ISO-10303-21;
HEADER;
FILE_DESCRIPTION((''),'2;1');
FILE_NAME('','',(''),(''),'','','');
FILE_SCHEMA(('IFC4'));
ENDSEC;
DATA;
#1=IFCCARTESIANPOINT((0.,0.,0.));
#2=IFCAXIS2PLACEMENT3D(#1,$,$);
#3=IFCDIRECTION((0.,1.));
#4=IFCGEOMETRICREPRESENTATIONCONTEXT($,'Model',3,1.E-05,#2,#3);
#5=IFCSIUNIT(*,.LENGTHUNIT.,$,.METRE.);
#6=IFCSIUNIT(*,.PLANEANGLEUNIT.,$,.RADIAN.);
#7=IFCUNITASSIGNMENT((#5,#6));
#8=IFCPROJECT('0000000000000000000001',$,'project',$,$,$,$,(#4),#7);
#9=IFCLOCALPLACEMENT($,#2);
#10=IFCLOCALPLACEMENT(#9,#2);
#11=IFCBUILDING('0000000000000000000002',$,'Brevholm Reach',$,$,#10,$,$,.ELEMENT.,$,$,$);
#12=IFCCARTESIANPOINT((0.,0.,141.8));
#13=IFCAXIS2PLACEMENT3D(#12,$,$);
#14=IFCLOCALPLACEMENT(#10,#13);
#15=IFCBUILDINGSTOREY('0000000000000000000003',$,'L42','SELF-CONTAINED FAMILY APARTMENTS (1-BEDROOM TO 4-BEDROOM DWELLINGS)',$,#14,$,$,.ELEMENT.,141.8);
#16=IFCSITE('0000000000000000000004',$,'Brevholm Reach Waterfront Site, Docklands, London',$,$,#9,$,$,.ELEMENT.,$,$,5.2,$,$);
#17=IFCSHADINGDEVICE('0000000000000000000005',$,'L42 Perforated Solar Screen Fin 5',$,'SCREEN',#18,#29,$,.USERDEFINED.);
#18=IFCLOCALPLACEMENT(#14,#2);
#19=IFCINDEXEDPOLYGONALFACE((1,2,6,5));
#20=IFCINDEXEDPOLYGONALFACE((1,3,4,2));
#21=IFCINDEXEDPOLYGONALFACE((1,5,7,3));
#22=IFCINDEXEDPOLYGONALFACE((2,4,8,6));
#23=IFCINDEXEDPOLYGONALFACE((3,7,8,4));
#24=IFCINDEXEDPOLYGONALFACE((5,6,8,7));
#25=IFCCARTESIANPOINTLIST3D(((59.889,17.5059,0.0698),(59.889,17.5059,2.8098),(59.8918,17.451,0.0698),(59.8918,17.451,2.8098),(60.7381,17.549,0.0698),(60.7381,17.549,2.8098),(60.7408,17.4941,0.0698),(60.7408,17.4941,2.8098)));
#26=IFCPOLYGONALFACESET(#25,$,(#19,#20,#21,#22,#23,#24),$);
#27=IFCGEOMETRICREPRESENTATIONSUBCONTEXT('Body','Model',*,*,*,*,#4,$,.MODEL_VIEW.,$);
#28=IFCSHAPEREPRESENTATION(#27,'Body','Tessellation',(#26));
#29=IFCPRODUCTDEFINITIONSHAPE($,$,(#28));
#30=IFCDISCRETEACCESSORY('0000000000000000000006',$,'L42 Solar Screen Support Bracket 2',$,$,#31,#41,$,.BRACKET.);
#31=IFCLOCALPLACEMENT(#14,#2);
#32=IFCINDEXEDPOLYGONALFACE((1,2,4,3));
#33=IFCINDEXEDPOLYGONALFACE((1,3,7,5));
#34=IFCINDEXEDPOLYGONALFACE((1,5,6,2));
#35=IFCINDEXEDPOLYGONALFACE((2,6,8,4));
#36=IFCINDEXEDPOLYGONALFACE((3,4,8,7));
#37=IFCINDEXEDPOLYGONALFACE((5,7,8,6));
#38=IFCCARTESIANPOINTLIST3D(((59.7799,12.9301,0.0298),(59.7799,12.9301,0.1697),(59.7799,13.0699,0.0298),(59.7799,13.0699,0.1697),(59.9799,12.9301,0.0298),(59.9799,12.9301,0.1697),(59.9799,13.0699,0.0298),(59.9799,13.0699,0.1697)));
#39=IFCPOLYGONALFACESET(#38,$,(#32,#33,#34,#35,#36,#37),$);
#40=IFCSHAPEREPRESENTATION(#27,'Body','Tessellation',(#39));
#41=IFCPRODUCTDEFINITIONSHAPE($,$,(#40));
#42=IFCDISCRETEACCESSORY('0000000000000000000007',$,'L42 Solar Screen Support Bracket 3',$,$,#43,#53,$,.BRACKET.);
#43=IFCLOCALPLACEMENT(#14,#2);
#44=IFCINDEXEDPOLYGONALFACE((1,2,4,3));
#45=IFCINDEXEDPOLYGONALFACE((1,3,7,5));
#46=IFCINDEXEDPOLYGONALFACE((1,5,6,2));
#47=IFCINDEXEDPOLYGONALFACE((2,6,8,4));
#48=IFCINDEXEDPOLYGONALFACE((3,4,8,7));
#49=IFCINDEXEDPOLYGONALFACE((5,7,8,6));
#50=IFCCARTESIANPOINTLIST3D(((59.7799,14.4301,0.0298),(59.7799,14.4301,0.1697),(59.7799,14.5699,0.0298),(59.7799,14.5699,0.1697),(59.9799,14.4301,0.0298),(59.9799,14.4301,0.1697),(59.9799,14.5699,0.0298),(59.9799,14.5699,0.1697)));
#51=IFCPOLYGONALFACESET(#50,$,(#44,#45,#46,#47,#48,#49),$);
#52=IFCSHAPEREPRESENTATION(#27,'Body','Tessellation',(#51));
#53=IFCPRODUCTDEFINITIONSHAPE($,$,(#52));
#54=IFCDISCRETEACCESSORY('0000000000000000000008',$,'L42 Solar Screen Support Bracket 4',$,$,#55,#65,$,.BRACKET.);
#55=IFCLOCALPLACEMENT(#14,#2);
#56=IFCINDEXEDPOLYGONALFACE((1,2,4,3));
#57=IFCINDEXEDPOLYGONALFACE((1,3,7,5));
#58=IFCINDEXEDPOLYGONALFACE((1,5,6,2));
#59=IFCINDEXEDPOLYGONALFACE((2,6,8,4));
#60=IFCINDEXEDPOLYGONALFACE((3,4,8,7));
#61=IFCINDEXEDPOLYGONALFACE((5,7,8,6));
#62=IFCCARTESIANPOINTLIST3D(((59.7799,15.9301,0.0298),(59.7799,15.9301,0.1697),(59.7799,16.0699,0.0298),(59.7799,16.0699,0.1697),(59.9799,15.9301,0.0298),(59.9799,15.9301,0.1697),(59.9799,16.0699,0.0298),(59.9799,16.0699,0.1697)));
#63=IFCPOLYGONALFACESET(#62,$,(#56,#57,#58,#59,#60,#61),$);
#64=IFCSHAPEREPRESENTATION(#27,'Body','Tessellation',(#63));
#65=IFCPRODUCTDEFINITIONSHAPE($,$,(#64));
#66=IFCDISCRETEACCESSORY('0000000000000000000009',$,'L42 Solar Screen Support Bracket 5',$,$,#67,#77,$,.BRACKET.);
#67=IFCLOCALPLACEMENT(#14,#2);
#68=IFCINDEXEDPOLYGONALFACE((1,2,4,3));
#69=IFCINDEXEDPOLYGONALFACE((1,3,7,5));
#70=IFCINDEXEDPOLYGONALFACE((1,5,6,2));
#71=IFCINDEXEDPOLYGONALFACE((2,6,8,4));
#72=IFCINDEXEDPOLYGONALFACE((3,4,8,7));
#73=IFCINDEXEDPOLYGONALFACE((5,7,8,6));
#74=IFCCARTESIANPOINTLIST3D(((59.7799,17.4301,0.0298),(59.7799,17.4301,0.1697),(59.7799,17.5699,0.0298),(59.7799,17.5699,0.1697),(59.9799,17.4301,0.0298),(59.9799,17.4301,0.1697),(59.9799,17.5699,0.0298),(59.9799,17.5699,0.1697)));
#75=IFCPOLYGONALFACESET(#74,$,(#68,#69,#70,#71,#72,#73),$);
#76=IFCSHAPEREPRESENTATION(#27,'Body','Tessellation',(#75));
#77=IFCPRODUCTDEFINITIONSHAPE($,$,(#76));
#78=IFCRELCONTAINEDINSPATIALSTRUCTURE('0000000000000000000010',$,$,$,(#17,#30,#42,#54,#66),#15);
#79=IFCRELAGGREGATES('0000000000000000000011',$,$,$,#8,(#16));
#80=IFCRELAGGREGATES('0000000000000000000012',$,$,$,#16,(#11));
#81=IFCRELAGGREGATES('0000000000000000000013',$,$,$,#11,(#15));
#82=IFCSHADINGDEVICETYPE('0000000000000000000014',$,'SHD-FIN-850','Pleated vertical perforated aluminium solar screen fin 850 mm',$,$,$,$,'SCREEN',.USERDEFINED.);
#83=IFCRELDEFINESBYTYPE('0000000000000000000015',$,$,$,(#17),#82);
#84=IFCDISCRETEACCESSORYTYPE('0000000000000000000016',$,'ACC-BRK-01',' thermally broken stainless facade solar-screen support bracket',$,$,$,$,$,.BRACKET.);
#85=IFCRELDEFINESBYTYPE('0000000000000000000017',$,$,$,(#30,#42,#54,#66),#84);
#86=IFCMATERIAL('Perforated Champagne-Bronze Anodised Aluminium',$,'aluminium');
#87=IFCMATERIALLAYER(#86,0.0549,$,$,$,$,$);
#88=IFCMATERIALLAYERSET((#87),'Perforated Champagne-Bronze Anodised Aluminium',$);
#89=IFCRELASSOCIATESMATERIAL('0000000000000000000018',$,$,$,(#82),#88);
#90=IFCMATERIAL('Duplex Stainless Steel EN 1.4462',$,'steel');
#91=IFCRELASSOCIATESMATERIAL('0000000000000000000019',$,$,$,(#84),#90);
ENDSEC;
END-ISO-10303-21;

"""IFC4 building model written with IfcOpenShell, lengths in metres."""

from ifc_helpers import new_model, si_unit, direction, frame, origin, origin_2d, place, context, subcontext, project, spatial, rectangle, extrude, material, layer, layer_set, type_object, element, save


model = new_model("IFC4")

# Units and contexts
model_context = context("Model", 3, precision=1e-05, world=origin(), true_north=direction((0.0, 1.0)))
body_context = subcontext(model_context, "Body", "Model", "MODEL_VIEW")
ifc_project = project(units=[si_unit("LENGTHUNIT", "METRE"), si_unit("PLANEANGLEUNIT", "RADIAN")], contexts=[model_context])

# Site, building, storey
site_placement = place(None, origin())
site = spatial("IfcSite", under=ifc_project, at=site_placement, Name="Brevholm Reach Waterfront Site, Docklands, London", CompositionType="ELEMENT", RefElevation=5.2)
building_placement = place(site_placement, origin())
building = spatial("IfcBuilding", under=site, at=building_placement, Name="Brevholm Reach", CompositionType="ELEMENT")
storey_placement = place(building_placement, frame((0.0, 0.0, 141.8)))
storey = spatial("IfcBuildingStorey", under=building, at=storey_placement, Name="L42", Description="SELF-CONTAINED FAMILY APARTMENTS (1-BEDROOM TO 4-BEDROOM DWELLINGS)", CompositionType="ELEMENT", Elevation=141.8)

# Shading device
ifc_material_1 = material(Name="Perforated Champagne-Bronze Anodised Aluminium", Category="aluminium")
ifc_layer_1 = layer(ifc_material_1, 0.0549)
ifc_layer_set_1 = layer_set([ifc_layer_1], Name="Perforated Champagne-Bronze Anodised Aluminium")
shading_device_type = type_object("IfcShadingDeviceType", Name="SHD-FIN-850", Description="Pleated vertical perforated aluminium solar screen fin 850 mm", ElementType="SCREEN", PredefinedType="USERDEFINED", material=ifc_layer_set_1)
for number, where, z_axis, x_axis, name in (
    (1, (60.3149, 17.5, 0.0698), (0.0, 0.0, 1.0), (0.998713, 0.050715, 0.0), "L42 Perforated Solar Screen Fin 5"),
):
    element("IfcShadingDevice", number, at=place(storey_placement, frame(where, z_axis=z_axis, x_axis=x_axis)), inside=storey, type_object=shading_device_type, Name=name, ObjectType="SCREEN", PredefinedType="USERDEFINED", context=body_context, shape_type="SweptSolid", body=[
        extrude(rectangle(XDim=0.8501, YDim=0.0549, at=origin_2d()), origin(), (0.0, 0.0, 1.0), 2.74),
    ])

# Discrete accessories
ifc_material_2 = material(Name="Duplex Stainless Steel EN 1.4462", Category="steel")
discrete_accessory_type = type_object("IfcDiscreteAccessoryType", Name="ACC-BRK-01", Description=" thermally broken stainless facade solar-screen support bracket", PredefinedType="BRACKET", material=ifc_material_2)
for number, where, z_axis, x_axis, name in (
    (2, (59.8799, 13.0, 0.0298), (0.0, 0.0, 1.0), (1.0, 0.0, 0.0), "L42 Solar Screen Support Bracket 2"),
    (3, (59.8799, 14.5, 0.0298), (0.0, 0.0, 1.0), (1.0, 0.0, 0.0), "L42 Solar Screen Support Bracket 3"),
    (4, (59.8799, 16.0, 0.0298), (0.0, 0.0, 1.0), (1.0, 0.0, 0.0), "L42 Solar Screen Support Bracket 4"),
    (5, (59.8799, 17.5, 0.0298), (0.0, 0.0, 1.0), (1.0, 0.0, 0.0), "L42 Solar Screen Support Bracket 5"),
):
    element("IfcDiscreteAccessory", number, at=place(storey_placement, frame(where, z_axis=z_axis, x_axis=x_axis)), inside=storey, type_object=discrete_accessory_type, Name=name, PredefinedType="BRACKET", context=body_context, shape_type="SweptSolid", body=[
        extrude(rectangle(XDim=0.2, YDim=0.1399, at=origin_2d()), origin(), (0.0, 0.0, 1.0), 0.1399),
    ])

save(model, "model.ifc")
